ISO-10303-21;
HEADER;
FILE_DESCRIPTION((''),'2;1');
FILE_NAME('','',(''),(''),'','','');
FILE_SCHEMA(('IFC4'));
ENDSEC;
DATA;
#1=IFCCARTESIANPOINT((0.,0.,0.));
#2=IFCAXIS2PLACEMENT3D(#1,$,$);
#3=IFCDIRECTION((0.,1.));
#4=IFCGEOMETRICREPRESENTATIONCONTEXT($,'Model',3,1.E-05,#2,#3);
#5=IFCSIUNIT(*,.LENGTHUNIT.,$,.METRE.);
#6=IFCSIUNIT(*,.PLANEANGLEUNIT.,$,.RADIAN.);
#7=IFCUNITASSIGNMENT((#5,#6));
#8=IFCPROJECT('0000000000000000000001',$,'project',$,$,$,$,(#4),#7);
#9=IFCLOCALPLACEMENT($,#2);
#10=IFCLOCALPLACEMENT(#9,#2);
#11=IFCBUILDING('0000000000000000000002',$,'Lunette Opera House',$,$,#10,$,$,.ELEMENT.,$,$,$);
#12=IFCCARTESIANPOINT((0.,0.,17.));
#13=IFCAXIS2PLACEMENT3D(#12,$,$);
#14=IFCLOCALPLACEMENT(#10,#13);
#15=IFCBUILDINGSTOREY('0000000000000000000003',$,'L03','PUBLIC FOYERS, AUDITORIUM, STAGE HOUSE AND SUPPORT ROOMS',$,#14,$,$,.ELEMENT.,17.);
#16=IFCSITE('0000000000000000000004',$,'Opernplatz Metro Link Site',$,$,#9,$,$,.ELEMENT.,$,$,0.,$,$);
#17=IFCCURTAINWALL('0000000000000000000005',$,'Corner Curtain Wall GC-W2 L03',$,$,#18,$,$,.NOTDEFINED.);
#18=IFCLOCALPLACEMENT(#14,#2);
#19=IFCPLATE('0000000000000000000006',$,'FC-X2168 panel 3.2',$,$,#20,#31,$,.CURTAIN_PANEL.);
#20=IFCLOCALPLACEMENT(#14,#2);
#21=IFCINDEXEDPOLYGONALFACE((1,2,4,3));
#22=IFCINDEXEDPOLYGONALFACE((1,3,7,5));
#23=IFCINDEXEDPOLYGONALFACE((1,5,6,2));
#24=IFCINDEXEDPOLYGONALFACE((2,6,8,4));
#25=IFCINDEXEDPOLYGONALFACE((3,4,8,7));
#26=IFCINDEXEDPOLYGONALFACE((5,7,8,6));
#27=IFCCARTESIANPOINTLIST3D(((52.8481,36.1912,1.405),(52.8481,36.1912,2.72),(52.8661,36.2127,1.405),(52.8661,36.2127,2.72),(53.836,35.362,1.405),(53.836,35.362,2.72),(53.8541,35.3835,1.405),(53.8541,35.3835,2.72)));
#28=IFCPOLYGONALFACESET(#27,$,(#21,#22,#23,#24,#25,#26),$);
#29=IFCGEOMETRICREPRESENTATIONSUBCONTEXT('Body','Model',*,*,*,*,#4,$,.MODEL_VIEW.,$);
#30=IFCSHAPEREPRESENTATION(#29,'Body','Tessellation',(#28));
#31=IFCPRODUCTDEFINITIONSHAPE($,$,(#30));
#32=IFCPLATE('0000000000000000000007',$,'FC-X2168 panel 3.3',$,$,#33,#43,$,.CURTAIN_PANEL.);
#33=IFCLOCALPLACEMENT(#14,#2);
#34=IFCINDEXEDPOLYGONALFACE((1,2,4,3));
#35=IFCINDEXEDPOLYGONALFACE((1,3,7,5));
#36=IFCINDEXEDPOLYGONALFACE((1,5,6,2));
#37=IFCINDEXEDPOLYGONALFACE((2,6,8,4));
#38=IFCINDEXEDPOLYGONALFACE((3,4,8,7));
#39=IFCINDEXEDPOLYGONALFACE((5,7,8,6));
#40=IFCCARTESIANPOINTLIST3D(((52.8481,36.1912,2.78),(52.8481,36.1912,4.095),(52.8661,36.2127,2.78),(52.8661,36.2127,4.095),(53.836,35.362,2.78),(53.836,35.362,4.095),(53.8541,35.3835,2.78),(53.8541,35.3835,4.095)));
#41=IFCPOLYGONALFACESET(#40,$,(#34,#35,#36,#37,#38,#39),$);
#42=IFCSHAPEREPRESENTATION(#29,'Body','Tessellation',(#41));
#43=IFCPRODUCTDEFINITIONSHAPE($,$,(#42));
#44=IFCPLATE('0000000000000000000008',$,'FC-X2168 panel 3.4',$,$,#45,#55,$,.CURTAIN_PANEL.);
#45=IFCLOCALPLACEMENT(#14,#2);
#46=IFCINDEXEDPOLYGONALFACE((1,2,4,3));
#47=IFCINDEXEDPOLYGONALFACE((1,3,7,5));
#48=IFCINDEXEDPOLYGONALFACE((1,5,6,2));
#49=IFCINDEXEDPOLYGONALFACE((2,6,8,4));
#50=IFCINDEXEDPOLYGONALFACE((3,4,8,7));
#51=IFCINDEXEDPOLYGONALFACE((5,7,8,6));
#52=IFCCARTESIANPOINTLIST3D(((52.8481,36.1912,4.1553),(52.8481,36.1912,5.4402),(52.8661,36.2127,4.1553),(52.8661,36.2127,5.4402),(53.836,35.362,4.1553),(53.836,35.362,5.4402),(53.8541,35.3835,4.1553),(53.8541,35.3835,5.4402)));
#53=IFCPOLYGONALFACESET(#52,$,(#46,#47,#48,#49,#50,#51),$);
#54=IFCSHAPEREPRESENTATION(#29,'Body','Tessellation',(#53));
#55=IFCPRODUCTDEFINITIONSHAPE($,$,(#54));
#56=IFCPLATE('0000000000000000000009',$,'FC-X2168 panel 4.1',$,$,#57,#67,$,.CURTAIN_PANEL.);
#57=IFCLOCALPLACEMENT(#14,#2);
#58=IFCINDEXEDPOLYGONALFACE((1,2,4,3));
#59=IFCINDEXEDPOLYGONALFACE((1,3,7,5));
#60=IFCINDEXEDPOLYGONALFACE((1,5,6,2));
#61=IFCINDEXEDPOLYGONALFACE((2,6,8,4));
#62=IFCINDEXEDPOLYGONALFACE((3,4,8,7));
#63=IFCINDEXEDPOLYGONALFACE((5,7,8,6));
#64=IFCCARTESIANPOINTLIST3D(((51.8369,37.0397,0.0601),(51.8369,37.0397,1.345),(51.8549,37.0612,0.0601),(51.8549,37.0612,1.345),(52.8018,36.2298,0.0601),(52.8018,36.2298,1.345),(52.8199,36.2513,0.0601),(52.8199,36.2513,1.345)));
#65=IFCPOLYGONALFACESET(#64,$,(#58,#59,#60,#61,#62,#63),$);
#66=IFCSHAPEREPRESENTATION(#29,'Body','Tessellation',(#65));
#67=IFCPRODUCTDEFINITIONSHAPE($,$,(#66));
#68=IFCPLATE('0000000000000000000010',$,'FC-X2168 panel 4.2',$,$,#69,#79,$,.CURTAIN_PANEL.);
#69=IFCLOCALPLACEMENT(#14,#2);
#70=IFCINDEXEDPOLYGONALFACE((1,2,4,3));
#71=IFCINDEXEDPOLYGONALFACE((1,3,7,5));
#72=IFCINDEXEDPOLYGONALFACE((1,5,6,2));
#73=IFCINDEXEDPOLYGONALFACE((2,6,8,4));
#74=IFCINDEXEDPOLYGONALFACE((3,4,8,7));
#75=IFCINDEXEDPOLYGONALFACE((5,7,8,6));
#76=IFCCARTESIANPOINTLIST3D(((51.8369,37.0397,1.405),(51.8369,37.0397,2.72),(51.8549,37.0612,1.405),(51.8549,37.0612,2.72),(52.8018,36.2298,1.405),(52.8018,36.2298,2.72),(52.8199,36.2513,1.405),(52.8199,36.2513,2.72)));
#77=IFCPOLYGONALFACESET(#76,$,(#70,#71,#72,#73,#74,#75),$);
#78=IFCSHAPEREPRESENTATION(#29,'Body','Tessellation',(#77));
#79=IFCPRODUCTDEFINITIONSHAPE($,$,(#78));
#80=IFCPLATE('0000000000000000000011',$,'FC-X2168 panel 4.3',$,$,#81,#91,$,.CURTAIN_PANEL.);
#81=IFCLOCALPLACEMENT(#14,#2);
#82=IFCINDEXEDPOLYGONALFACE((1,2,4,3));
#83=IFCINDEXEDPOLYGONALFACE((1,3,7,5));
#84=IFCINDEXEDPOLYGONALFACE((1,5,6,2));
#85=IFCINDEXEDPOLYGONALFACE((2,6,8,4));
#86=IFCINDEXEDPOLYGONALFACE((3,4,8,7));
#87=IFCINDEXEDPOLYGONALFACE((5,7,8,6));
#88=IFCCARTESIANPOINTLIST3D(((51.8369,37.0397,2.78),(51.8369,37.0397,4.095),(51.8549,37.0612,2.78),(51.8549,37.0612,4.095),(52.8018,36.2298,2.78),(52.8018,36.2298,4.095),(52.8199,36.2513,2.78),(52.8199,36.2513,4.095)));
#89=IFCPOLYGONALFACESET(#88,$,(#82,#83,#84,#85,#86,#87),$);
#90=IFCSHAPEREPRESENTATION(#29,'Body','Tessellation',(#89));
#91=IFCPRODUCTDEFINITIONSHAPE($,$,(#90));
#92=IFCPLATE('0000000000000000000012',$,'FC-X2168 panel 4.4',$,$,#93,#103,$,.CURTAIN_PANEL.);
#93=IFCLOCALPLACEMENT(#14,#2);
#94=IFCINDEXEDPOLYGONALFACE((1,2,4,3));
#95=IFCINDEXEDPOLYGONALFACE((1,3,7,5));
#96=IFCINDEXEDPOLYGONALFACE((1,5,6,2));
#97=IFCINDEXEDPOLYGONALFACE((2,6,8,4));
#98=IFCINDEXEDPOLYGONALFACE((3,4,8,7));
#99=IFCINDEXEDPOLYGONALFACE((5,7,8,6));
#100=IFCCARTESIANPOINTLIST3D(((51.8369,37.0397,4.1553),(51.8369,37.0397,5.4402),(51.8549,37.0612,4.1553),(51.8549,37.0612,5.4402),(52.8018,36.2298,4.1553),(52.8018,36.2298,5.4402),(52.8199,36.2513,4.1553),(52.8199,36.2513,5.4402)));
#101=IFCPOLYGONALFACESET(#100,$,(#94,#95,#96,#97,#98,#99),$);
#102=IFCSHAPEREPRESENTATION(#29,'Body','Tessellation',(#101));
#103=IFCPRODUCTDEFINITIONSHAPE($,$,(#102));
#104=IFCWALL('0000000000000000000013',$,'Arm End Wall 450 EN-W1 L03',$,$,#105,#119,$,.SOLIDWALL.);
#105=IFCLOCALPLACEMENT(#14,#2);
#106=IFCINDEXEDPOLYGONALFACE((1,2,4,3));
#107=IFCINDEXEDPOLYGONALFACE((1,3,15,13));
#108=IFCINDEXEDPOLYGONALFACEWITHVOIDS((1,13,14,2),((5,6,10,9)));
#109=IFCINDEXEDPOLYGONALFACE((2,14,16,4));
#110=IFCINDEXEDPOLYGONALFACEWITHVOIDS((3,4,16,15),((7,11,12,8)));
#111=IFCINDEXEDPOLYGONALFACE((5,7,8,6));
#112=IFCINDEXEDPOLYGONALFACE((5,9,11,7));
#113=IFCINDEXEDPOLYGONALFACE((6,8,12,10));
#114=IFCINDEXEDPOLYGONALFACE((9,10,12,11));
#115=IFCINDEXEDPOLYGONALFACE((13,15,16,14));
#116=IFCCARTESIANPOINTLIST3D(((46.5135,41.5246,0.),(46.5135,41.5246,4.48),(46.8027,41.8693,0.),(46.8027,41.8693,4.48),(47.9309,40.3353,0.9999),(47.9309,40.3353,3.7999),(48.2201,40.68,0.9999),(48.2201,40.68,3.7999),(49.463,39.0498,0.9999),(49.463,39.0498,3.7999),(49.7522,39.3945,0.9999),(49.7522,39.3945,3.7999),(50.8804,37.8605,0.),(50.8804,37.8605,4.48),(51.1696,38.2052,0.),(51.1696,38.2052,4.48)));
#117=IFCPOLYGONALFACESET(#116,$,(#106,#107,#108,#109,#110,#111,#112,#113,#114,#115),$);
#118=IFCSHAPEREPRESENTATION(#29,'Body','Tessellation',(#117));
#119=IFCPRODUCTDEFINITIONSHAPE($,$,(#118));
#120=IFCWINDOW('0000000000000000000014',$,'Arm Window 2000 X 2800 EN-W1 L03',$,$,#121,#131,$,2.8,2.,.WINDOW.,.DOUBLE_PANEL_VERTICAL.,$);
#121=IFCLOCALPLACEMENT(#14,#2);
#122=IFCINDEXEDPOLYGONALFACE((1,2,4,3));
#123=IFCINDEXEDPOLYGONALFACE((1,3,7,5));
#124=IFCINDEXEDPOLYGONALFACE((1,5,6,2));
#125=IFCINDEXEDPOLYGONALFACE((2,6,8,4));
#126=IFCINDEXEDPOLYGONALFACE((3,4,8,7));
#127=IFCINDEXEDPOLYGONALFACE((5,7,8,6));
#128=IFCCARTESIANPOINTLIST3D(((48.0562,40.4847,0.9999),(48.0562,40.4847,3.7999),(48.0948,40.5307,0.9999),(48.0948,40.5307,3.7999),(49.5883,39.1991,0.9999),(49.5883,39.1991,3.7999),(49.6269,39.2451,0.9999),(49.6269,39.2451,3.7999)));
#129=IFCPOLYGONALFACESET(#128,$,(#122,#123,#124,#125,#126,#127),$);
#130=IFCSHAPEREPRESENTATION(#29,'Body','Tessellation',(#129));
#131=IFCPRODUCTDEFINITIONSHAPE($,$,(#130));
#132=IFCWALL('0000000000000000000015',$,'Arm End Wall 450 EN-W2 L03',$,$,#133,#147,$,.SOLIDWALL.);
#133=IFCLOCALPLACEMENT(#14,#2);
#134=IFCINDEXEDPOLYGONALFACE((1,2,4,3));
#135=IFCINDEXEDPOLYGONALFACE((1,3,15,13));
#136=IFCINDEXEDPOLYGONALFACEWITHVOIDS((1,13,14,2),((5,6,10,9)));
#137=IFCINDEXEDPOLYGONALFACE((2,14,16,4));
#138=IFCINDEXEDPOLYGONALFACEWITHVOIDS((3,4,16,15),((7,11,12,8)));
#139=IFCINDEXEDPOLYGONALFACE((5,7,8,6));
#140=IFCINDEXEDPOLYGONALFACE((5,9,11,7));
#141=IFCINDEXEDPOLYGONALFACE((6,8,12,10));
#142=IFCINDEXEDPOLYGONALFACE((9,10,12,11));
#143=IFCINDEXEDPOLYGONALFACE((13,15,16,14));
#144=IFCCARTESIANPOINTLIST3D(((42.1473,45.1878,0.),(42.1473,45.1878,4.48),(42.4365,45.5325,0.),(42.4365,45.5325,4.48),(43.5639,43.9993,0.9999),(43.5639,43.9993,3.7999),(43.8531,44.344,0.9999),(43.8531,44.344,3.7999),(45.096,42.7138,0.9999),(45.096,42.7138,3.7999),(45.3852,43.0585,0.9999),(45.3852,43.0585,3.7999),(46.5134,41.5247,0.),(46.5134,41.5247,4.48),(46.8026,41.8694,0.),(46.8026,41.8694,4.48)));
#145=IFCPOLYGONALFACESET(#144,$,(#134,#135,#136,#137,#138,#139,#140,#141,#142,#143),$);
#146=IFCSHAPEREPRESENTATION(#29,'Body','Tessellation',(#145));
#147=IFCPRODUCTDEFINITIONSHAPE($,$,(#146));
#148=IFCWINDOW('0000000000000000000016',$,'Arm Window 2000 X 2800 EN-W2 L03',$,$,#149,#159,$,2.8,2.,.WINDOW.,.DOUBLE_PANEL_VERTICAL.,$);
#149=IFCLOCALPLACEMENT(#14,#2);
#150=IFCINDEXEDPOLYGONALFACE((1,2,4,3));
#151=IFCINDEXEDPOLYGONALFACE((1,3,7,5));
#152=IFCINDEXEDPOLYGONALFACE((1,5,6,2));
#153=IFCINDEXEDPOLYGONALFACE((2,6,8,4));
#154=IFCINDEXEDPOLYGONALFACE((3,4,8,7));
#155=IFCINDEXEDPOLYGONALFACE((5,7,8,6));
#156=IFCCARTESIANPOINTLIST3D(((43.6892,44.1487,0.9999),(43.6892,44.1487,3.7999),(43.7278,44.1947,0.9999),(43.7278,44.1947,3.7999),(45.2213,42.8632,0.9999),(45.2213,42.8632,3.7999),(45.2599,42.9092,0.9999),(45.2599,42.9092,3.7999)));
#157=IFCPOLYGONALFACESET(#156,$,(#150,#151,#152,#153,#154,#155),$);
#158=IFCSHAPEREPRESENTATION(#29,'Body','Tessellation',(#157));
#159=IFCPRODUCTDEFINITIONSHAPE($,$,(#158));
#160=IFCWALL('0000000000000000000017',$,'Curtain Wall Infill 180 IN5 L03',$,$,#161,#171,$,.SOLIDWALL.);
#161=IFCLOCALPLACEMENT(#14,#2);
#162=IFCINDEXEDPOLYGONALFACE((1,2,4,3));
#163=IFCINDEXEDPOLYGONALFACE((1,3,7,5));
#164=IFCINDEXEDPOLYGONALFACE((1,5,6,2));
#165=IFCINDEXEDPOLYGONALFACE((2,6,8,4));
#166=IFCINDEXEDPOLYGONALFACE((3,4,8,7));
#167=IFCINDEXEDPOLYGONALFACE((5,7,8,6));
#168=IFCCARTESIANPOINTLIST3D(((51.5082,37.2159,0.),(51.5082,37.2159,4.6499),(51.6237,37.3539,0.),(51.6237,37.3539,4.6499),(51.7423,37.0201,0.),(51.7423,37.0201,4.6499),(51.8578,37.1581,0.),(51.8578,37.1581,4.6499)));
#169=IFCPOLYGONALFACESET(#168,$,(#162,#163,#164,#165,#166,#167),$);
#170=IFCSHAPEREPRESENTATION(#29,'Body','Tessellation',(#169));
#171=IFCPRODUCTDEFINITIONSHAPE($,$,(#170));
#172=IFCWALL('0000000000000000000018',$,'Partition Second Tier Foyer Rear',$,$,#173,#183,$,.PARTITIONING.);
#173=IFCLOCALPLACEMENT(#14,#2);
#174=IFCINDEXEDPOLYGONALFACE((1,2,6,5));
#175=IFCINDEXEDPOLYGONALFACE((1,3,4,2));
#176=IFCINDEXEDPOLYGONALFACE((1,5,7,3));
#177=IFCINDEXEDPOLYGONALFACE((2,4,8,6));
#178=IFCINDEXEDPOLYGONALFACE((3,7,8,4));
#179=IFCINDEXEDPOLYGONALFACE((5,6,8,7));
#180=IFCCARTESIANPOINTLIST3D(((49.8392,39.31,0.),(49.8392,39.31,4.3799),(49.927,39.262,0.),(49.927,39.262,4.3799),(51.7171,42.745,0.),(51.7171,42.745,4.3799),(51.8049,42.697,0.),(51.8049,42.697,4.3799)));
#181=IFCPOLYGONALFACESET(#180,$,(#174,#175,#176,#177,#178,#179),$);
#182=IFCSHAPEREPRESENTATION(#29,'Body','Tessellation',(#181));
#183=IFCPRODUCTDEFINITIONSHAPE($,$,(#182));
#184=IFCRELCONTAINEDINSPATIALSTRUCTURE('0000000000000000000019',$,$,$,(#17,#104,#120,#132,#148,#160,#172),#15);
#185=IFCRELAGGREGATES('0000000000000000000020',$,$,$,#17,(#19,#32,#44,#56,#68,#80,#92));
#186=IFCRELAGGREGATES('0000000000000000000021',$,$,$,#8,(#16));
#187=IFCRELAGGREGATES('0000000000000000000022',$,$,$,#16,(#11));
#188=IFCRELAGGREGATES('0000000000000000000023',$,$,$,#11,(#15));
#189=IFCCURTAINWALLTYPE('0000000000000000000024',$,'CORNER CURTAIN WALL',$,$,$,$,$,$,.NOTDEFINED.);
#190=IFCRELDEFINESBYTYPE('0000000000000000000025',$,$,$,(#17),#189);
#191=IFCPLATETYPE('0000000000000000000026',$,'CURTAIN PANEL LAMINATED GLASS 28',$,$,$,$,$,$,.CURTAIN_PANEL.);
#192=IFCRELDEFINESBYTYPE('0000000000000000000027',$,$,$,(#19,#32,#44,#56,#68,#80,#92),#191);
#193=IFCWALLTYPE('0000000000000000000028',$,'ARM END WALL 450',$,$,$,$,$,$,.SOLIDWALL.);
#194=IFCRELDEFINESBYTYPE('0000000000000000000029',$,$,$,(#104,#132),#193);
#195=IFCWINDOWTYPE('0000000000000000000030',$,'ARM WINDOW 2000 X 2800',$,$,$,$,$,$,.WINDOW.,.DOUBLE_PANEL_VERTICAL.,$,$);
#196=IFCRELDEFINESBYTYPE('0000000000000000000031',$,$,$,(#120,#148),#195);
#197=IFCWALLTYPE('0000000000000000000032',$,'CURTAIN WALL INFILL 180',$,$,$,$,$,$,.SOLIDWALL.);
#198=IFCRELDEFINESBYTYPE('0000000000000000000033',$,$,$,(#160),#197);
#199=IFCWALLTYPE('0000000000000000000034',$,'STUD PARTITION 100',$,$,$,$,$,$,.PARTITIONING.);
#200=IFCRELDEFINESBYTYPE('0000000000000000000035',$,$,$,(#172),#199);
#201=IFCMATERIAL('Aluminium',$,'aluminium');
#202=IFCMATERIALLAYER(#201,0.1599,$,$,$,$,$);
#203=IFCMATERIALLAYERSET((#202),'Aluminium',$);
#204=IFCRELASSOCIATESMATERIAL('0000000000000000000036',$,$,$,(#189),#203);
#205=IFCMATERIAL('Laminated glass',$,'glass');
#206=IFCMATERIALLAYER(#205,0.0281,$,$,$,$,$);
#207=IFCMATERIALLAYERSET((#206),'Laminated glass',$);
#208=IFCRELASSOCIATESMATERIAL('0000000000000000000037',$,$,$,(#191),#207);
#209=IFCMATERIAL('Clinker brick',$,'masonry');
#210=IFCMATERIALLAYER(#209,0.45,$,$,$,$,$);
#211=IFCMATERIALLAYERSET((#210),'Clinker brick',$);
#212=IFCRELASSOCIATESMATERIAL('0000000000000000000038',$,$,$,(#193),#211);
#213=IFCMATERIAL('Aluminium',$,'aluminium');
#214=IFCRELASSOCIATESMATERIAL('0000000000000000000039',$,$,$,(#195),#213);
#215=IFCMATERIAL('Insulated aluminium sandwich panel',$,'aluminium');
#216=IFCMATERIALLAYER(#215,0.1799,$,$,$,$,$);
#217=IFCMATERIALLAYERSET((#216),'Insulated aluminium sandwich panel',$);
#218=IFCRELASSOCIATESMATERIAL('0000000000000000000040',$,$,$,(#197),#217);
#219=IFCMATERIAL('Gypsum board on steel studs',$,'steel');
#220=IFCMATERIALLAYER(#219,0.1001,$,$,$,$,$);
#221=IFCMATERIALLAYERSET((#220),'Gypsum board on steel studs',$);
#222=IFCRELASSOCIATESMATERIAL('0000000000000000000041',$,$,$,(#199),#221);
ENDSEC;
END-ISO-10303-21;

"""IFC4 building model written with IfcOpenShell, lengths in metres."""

from ifc_helpers import new_model, si_unit, direction, frame, frame_2d, origin, origin_2d, place, context, subcontext, project, spatial, rectangle, extrude, material, layer, layer_set, type_object, element, fill, aggregate, save


model = new_model("IFC4")

# Units and contexts
model_context = context("Model", 3, precision=1e-05, world=origin(), true_north=direction((0.0, 1.0)))
body_context = subcontext(model_context, "Body", "Model", "MODEL_VIEW")
ifc_project = project(units=[si_unit("LENGTHUNIT", "METRE"), si_unit("PLANEANGLEUNIT", "RADIAN")], contexts=[model_context])

# Site, building, storey
site_placement = place(None, origin())
site = spatial("IfcSite", under=ifc_project, at=site_placement, Name="Opernplatz Metro Link Site", CompositionType="ELEMENT", RefElevation=0.0)
building_placement = place(site_placement, origin())
building = spatial("IfcBuilding", under=site, at=building_placement, Name="Lunette Opera House", CompositionType="ELEMENT")
storey_placement = place(building_placement, frame((0.0, 0.0, 17.0)))
storey = spatial("IfcBuildingStorey", under=building, at=storey_placement, Name="L03", Description="PUBLIC FOYERS, AUDITORIUM, STAGE HOUSE AND SUPPORT ROOMS", CompositionType="ELEMENT", Elevation=17.0)

# Curtain wall
ifc_material_1 = material(Name="Aluminium", Category="aluminium")
ifc_layer_1 = layer(ifc_material_1, 0.1599)
ifc_layer_set_1 = layer_set([ifc_layer_1], Name="Aluminium")
curtain_wall_type = type_object("IfcCurtainWallType", Name="CORNER CURTAIN WALL", PredefinedType="NOTDEFINED", material=ifc_layer_set_1)
curtain_wall_placement = place(storey_placement, origin())
curtain_wall = element("IfcCurtainWall", 1, at=curtain_wall_placement, inside=storey, type_object=curtain_wall_type, Name="Corner Curtain Wall GC-W2 L03", PredefinedType="NOTDEFINED")

# Plates
ifc_material_2 = material(Name="Laminated glass", Category="glass")
ifc_layer_2 = layer(ifc_material_2, 0.0281)
ifc_layer_set_2 = layer_set([ifc_layer_2], Name="Laminated glass")
plate_type = type_object("IfcPlateType", Name="CURTAIN PANEL LAMINATED GLASS 28", PredefinedType="CURTAIN_PANEL", material=ifc_layer_set_2)
plate_1_placement = place(storey_placement, frame((53.3511, 35.7874, 1.405), z_axis=(0.0, 0.0, 1.0), x_axis=(-0.766, 0.64284, 0.0)))
plate_1 = element("IfcPlate", 2, at=plate_1_placement, type_object=plate_type, Name="FC-X2168 panel 3.2", PredefinedType="CURTAIN_PANEL", context=body_context, shape_type="SweptSolid", body=[
    extrude(rectangle(XDim=1.2898, YDim=0.0281, at=origin_2d()), origin(), (0.0, 0.0, 1.0), 1.3149),
])
plate_2_placement = place(storey_placement, frame((53.3511, 35.7874, 2.78), z_axis=(0.0, 0.0, 1.0), x_axis=(-0.766, 0.64284, 0.0)))
plate_2 = element("IfcPlate", 3, at=plate_2_placement, type_object=plate_type, Name="FC-X2168 panel 3.3", PredefinedType="CURTAIN_PANEL", context=body_context, shape_type="SweptSolid", body=[
    extrude(rectangle(XDim=1.2898, YDim=0.0281, at=origin_2d()), origin(), (0.0, 0.0, 1.0), 1.3149),
])
plate_3_placement = place(storey_placement, frame((53.3511, 35.7874, 4.1553), z_axis=(0.0, 0.0, 1.0), x_axis=(-0.766, 0.64284, 0.0)))
plate_3 = element("IfcPlate", 4, at=plate_3_placement, type_object=plate_type, Name="FC-X2168 panel 3.4", PredefinedType="CURTAIN_PANEL", context=body_context, shape_type="SweptSolid", body=[
    extrude(rectangle(XDim=1.2898, YDim=0.0281, at=origin_2d()), origin(), (0.0, 0.0, 1.0), 1.2849),
])
plate_4_placement = place(storey_placement, frame((52.3284, 36.6455, 0.0601), z_axis=(0.0, 0.0, 1.0), x_axis=(-0.766, 0.64284, 0.0)))
plate_4 = element("IfcPlate", 5, at=plate_4_placement, type_object=plate_type, Name="FC-X2168 panel 4.1", PredefinedType="CURTAIN_PANEL", context=body_context, shape_type="SweptSolid", body=[
    extrude(rectangle(XDim=1.2598, YDim=0.0281, at=origin_2d()), origin(), (0.0, 0.0, 1.0), 1.2849),
])
plate_5_placement = place(storey_placement, frame((52.3284, 36.6455, 1.405), z_axis=(0.0, 0.0, 1.0), x_axis=(-0.766, 0.64284, 0.0)))
plate_5 = element("IfcPlate", 6, at=plate_5_placement, type_object=plate_type, Name="FC-X2168 panel 4.2", PredefinedType="CURTAIN_PANEL", context=body_context, shape_type="SweptSolid", body=[
    extrude(rectangle(XDim=1.2598, YDim=0.0281, at=origin_2d()), origin(), (0.0, 0.0, 1.0), 1.3149),
])
plate_6_placement = place(storey_placement, frame((52.3284, 36.6455, 2.78), z_axis=(0.0, 0.0, 1.0), x_axis=(-0.766, 0.64284, 0.0)))
plate_6 = element("IfcPlate", 7, at=plate_6_placement, type_object=plate_type, Name="FC-X2168 panel 4.3", PredefinedType="CURTAIN_PANEL", context=body_context, shape_type="SweptSolid", body=[
    extrude(rectangle(XDim=1.2598, YDim=0.0281, at=origin_2d()), origin(), (0.0, 0.0, 1.0), 1.3149),
])
plate_7_placement = place(storey_placement, frame((52.3284, 36.6455, 4.1553), z_axis=(0.0, 0.0, 1.0), x_axis=(-0.766, 0.64284, 0.0)))
plate_7 = element("IfcPlate", 8, at=plate_7_placement, type_object=plate_type, Name="FC-X2168 panel 4.4", PredefinedType="CURTAIN_PANEL", context=body_context, shape_type="SweptSolid", body=[
    extrude(rectangle(XDim=1.2598, YDim=0.0281, at=origin_2d()), origin(), (0.0, 0.0, 1.0), 1.2849),
])
aggregate(curtain_wall, [plate_1, plate_2, plate_3, plate_4, plate_5, plate_6, plate_7])

# Walls, openings, windows
ifc_material_3 = material(Name="Clinker brick", Category="masonry")
ifc_layer_3 = layer(ifc_material_3, 0.45)
ifc_layer_set_3 = layer_set([ifc_layer_3], Name="Clinker brick")
wall_type_1 = type_object("IfcWallType", Name="ARM END WALL 450", PredefinedType="SOLIDWALL", material=ifc_layer_set_3)
wall_1_placement = place(storey_placement, frame((51.0249, 38.033, 0.0), z_axis=(0.0, 0.0, 1.0), x_axis=(-0.766065, 0.642763, 0.0)))
wall_1 = element("IfcWall", 9, at=wall_1_placement, inside=storey, type_object=wall_type_1, Name="Arm End Wall 450 EN-W1 L03", PredefinedType="SOLIDWALL", context=body_context, shape_type="SweptSolid", body=[
    extrude(rectangle(XDim=5.7004, YDim=0.45, at=frame_2d((2.8501, 0.0))), origin(), (0.0, 0.0, 1.0), 4.48),
])
opening_1_placement = place(wall_1_placement, frame((1.8501, 0.0, 1.0)))
opening_1 = element("IfcOpeningElement", 10, at=opening_1_placement, cuts=wall_1, PredefinedType="OPENING", context=body_context, shape_type="SweptSolid", body=[
    extrude(rectangle(XDim=2.0, YDim=2.8, at=frame_2d((1.0, 1.3999))), frame((0.0, 0.2371, 0.0), z_axis=(0.0, -1.0, 0.0), x_axis=(1.0, 0.0, 0.0)), (0.0, 0.0, 1.0), 0.4739),
])
ifc_material_4 = material(Name="Aluminium", Category="aluminium")
window_type = type_object("IfcWindowType", Name="ARM WINDOW 2000 X 2800", PartitioningType="DOUBLE_PANEL_VERTICAL", PredefinedType="WINDOW", material=ifc_material_4)
window_1_placement = place(opening_1_placement, origin())
window_1 = element("IfcWindow", 11, at=window_1_placement, inside=storey, type_object=window_type, Name="Arm Window 2000 X 2800 EN-W1 L03", OverallHeight=2.8, OverallWidth=2.0, PartitioningType="DOUBLE_PANEL_VERTICAL", PredefinedType="WINDOW", context=body_context, shape_type="SweptSolid", body=[
    extrude(rectangle(XDim=2.0, YDim=2.8, at=frame_2d((1.0, 1.3999))), frame((0.0, 0.03, 0.0), z_axis=(0.0, -1.0, 0.0), x_axis=(1.0, 0.0, 0.0)), (0.0, 0.0, 1.0), 0.0601),
])
fill(opening_1, window_1)
wall_2_placement = place(storey_placement, frame((46.658, 41.697, 0.0), z_axis=(0.0, 0.0, 1.0), x_axis=(-0.766079, 0.642747, 0.0)))
wall_2 = element("IfcWall", 12, at=wall_2_placement, inside=storey, type_object=wall_type_1, Name="Arm End Wall 450 EN-W2 L03", PredefinedType="SOLIDWALL", context=body_context, shape_type="SweptSolid", body=[
    extrude(rectangle(XDim=5.6992, YDim=0.45, at=frame_2d((2.8496, 0.0))), origin(), (0.0, 0.0, 1.0), 4.48),
])
opening_2_placement = place(wall_2_placement, frame((1.8501, 0.0, 1.0)))
opening_2 = element("IfcOpeningElement", 13, at=opening_2_placement, cuts=wall_2, PredefinedType="OPENING", context=body_context, shape_type="SweptSolid", body=[
    extrude(rectangle(XDim=2.0, YDim=2.8, at=frame_2d((1.0, 1.3999))), frame((0.0, 0.2371, 0.0), z_axis=(0.0, -1.0, 0.0), x_axis=(1.0, 0.0, 0.0)), (0.0, 0.0, 1.0), 0.4739),
])
window_2_placement = place(opening_2_placement, origin())
window_2 = element("IfcWindow", 14, at=window_2_placement, inside=storey, type_object=window_type, Name="Arm Window 2000 X 2800 EN-W2 L03", OverallHeight=2.8, OverallWidth=2.0, PartitioningType="DOUBLE_PANEL_VERTICAL", PredefinedType="WINDOW", context=body_context, shape_type="SweptSolid", body=[
    extrude(rectangle(XDim=2.0, YDim=2.8, at=frame_2d((1.0, 1.3999))), frame((0.0, 0.03, 0.0), z_axis=(0.0, -1.0, 0.0), x_axis=(1.0, 0.0, 0.0)), (0.0, 0.0, 1.0), 0.0601),
])
fill(opening_2, window_2)

# Walls
ifc_material_5 = material(Name="Insulated aluminium sandwich panel", Category="aluminium")
ifc_layer_4 = layer(ifc_material_5, 0.1799)
ifc_layer_set_4 = layer_set([ifc_layer_4], Name="Insulated aluminium sandwich panel")
wall_type_2 = type_object("IfcWallType", Name="CURTAIN WALL INFILL 180", PredefinedType="SOLIDWALL", material=ifc_layer_set_4)
wall_3_placement = place(storey_placement, frame((51.8, 37.0891, 0.0), z_axis=(0.0, 0.0, 1.0), x_axis=(-0.767105, 0.641521, 0.0)))
element("IfcWall", 15, at=wall_3_placement, inside=storey, type_object=wall_type_2, Name="Curtain Wall Infill 180 IN5 L03", PredefinedType="SOLIDWALL", context=body_context, shape_type="SweptSolid", body=[
    extrude(rectangle(XDim=0.3052, YDim=0.1799, at=frame_2d((0.1526, 0.0))), origin(), (0.0, 0.0, 1.0), 4.6499),
])
ifc_material_6 = material(Name="Gypsum board on steel studs", Category="steel")
ifc_layer_5 = layer(ifc_material_6, 0.1001)
ifc_layer_set_5 = layer_set([ifc_layer_5], Name="Gypsum board on steel studs")
wall_type_3 = type_object("IfcWallType", Name="STUD PARTITION 100", PredefinedType="PARTITIONING", material=ifc_layer_set_5)
wall_4_placement = place(storey_placement, frame((49.8831, 39.2859, 0.0), z_axis=(0.0, 0.0, 1.0), x_axis=(0.479691, 0.877438, 0.0)))
element("IfcWall", 16, at=wall_4_placement, inside=storey, type_object=wall_type_3, Name="Partition Second Tier Foyer Rear", PredefinedType="PARTITIONING", context=body_context, shape_type="SweptSolid", body=[
    extrude(rectangle(XDim=3.9148, YDim=0.1001, at=frame_2d((1.9575, 0.0))), origin(), (0.0, 0.0, 1.0), 4.3799),
])

save(model, "model.ifc")
